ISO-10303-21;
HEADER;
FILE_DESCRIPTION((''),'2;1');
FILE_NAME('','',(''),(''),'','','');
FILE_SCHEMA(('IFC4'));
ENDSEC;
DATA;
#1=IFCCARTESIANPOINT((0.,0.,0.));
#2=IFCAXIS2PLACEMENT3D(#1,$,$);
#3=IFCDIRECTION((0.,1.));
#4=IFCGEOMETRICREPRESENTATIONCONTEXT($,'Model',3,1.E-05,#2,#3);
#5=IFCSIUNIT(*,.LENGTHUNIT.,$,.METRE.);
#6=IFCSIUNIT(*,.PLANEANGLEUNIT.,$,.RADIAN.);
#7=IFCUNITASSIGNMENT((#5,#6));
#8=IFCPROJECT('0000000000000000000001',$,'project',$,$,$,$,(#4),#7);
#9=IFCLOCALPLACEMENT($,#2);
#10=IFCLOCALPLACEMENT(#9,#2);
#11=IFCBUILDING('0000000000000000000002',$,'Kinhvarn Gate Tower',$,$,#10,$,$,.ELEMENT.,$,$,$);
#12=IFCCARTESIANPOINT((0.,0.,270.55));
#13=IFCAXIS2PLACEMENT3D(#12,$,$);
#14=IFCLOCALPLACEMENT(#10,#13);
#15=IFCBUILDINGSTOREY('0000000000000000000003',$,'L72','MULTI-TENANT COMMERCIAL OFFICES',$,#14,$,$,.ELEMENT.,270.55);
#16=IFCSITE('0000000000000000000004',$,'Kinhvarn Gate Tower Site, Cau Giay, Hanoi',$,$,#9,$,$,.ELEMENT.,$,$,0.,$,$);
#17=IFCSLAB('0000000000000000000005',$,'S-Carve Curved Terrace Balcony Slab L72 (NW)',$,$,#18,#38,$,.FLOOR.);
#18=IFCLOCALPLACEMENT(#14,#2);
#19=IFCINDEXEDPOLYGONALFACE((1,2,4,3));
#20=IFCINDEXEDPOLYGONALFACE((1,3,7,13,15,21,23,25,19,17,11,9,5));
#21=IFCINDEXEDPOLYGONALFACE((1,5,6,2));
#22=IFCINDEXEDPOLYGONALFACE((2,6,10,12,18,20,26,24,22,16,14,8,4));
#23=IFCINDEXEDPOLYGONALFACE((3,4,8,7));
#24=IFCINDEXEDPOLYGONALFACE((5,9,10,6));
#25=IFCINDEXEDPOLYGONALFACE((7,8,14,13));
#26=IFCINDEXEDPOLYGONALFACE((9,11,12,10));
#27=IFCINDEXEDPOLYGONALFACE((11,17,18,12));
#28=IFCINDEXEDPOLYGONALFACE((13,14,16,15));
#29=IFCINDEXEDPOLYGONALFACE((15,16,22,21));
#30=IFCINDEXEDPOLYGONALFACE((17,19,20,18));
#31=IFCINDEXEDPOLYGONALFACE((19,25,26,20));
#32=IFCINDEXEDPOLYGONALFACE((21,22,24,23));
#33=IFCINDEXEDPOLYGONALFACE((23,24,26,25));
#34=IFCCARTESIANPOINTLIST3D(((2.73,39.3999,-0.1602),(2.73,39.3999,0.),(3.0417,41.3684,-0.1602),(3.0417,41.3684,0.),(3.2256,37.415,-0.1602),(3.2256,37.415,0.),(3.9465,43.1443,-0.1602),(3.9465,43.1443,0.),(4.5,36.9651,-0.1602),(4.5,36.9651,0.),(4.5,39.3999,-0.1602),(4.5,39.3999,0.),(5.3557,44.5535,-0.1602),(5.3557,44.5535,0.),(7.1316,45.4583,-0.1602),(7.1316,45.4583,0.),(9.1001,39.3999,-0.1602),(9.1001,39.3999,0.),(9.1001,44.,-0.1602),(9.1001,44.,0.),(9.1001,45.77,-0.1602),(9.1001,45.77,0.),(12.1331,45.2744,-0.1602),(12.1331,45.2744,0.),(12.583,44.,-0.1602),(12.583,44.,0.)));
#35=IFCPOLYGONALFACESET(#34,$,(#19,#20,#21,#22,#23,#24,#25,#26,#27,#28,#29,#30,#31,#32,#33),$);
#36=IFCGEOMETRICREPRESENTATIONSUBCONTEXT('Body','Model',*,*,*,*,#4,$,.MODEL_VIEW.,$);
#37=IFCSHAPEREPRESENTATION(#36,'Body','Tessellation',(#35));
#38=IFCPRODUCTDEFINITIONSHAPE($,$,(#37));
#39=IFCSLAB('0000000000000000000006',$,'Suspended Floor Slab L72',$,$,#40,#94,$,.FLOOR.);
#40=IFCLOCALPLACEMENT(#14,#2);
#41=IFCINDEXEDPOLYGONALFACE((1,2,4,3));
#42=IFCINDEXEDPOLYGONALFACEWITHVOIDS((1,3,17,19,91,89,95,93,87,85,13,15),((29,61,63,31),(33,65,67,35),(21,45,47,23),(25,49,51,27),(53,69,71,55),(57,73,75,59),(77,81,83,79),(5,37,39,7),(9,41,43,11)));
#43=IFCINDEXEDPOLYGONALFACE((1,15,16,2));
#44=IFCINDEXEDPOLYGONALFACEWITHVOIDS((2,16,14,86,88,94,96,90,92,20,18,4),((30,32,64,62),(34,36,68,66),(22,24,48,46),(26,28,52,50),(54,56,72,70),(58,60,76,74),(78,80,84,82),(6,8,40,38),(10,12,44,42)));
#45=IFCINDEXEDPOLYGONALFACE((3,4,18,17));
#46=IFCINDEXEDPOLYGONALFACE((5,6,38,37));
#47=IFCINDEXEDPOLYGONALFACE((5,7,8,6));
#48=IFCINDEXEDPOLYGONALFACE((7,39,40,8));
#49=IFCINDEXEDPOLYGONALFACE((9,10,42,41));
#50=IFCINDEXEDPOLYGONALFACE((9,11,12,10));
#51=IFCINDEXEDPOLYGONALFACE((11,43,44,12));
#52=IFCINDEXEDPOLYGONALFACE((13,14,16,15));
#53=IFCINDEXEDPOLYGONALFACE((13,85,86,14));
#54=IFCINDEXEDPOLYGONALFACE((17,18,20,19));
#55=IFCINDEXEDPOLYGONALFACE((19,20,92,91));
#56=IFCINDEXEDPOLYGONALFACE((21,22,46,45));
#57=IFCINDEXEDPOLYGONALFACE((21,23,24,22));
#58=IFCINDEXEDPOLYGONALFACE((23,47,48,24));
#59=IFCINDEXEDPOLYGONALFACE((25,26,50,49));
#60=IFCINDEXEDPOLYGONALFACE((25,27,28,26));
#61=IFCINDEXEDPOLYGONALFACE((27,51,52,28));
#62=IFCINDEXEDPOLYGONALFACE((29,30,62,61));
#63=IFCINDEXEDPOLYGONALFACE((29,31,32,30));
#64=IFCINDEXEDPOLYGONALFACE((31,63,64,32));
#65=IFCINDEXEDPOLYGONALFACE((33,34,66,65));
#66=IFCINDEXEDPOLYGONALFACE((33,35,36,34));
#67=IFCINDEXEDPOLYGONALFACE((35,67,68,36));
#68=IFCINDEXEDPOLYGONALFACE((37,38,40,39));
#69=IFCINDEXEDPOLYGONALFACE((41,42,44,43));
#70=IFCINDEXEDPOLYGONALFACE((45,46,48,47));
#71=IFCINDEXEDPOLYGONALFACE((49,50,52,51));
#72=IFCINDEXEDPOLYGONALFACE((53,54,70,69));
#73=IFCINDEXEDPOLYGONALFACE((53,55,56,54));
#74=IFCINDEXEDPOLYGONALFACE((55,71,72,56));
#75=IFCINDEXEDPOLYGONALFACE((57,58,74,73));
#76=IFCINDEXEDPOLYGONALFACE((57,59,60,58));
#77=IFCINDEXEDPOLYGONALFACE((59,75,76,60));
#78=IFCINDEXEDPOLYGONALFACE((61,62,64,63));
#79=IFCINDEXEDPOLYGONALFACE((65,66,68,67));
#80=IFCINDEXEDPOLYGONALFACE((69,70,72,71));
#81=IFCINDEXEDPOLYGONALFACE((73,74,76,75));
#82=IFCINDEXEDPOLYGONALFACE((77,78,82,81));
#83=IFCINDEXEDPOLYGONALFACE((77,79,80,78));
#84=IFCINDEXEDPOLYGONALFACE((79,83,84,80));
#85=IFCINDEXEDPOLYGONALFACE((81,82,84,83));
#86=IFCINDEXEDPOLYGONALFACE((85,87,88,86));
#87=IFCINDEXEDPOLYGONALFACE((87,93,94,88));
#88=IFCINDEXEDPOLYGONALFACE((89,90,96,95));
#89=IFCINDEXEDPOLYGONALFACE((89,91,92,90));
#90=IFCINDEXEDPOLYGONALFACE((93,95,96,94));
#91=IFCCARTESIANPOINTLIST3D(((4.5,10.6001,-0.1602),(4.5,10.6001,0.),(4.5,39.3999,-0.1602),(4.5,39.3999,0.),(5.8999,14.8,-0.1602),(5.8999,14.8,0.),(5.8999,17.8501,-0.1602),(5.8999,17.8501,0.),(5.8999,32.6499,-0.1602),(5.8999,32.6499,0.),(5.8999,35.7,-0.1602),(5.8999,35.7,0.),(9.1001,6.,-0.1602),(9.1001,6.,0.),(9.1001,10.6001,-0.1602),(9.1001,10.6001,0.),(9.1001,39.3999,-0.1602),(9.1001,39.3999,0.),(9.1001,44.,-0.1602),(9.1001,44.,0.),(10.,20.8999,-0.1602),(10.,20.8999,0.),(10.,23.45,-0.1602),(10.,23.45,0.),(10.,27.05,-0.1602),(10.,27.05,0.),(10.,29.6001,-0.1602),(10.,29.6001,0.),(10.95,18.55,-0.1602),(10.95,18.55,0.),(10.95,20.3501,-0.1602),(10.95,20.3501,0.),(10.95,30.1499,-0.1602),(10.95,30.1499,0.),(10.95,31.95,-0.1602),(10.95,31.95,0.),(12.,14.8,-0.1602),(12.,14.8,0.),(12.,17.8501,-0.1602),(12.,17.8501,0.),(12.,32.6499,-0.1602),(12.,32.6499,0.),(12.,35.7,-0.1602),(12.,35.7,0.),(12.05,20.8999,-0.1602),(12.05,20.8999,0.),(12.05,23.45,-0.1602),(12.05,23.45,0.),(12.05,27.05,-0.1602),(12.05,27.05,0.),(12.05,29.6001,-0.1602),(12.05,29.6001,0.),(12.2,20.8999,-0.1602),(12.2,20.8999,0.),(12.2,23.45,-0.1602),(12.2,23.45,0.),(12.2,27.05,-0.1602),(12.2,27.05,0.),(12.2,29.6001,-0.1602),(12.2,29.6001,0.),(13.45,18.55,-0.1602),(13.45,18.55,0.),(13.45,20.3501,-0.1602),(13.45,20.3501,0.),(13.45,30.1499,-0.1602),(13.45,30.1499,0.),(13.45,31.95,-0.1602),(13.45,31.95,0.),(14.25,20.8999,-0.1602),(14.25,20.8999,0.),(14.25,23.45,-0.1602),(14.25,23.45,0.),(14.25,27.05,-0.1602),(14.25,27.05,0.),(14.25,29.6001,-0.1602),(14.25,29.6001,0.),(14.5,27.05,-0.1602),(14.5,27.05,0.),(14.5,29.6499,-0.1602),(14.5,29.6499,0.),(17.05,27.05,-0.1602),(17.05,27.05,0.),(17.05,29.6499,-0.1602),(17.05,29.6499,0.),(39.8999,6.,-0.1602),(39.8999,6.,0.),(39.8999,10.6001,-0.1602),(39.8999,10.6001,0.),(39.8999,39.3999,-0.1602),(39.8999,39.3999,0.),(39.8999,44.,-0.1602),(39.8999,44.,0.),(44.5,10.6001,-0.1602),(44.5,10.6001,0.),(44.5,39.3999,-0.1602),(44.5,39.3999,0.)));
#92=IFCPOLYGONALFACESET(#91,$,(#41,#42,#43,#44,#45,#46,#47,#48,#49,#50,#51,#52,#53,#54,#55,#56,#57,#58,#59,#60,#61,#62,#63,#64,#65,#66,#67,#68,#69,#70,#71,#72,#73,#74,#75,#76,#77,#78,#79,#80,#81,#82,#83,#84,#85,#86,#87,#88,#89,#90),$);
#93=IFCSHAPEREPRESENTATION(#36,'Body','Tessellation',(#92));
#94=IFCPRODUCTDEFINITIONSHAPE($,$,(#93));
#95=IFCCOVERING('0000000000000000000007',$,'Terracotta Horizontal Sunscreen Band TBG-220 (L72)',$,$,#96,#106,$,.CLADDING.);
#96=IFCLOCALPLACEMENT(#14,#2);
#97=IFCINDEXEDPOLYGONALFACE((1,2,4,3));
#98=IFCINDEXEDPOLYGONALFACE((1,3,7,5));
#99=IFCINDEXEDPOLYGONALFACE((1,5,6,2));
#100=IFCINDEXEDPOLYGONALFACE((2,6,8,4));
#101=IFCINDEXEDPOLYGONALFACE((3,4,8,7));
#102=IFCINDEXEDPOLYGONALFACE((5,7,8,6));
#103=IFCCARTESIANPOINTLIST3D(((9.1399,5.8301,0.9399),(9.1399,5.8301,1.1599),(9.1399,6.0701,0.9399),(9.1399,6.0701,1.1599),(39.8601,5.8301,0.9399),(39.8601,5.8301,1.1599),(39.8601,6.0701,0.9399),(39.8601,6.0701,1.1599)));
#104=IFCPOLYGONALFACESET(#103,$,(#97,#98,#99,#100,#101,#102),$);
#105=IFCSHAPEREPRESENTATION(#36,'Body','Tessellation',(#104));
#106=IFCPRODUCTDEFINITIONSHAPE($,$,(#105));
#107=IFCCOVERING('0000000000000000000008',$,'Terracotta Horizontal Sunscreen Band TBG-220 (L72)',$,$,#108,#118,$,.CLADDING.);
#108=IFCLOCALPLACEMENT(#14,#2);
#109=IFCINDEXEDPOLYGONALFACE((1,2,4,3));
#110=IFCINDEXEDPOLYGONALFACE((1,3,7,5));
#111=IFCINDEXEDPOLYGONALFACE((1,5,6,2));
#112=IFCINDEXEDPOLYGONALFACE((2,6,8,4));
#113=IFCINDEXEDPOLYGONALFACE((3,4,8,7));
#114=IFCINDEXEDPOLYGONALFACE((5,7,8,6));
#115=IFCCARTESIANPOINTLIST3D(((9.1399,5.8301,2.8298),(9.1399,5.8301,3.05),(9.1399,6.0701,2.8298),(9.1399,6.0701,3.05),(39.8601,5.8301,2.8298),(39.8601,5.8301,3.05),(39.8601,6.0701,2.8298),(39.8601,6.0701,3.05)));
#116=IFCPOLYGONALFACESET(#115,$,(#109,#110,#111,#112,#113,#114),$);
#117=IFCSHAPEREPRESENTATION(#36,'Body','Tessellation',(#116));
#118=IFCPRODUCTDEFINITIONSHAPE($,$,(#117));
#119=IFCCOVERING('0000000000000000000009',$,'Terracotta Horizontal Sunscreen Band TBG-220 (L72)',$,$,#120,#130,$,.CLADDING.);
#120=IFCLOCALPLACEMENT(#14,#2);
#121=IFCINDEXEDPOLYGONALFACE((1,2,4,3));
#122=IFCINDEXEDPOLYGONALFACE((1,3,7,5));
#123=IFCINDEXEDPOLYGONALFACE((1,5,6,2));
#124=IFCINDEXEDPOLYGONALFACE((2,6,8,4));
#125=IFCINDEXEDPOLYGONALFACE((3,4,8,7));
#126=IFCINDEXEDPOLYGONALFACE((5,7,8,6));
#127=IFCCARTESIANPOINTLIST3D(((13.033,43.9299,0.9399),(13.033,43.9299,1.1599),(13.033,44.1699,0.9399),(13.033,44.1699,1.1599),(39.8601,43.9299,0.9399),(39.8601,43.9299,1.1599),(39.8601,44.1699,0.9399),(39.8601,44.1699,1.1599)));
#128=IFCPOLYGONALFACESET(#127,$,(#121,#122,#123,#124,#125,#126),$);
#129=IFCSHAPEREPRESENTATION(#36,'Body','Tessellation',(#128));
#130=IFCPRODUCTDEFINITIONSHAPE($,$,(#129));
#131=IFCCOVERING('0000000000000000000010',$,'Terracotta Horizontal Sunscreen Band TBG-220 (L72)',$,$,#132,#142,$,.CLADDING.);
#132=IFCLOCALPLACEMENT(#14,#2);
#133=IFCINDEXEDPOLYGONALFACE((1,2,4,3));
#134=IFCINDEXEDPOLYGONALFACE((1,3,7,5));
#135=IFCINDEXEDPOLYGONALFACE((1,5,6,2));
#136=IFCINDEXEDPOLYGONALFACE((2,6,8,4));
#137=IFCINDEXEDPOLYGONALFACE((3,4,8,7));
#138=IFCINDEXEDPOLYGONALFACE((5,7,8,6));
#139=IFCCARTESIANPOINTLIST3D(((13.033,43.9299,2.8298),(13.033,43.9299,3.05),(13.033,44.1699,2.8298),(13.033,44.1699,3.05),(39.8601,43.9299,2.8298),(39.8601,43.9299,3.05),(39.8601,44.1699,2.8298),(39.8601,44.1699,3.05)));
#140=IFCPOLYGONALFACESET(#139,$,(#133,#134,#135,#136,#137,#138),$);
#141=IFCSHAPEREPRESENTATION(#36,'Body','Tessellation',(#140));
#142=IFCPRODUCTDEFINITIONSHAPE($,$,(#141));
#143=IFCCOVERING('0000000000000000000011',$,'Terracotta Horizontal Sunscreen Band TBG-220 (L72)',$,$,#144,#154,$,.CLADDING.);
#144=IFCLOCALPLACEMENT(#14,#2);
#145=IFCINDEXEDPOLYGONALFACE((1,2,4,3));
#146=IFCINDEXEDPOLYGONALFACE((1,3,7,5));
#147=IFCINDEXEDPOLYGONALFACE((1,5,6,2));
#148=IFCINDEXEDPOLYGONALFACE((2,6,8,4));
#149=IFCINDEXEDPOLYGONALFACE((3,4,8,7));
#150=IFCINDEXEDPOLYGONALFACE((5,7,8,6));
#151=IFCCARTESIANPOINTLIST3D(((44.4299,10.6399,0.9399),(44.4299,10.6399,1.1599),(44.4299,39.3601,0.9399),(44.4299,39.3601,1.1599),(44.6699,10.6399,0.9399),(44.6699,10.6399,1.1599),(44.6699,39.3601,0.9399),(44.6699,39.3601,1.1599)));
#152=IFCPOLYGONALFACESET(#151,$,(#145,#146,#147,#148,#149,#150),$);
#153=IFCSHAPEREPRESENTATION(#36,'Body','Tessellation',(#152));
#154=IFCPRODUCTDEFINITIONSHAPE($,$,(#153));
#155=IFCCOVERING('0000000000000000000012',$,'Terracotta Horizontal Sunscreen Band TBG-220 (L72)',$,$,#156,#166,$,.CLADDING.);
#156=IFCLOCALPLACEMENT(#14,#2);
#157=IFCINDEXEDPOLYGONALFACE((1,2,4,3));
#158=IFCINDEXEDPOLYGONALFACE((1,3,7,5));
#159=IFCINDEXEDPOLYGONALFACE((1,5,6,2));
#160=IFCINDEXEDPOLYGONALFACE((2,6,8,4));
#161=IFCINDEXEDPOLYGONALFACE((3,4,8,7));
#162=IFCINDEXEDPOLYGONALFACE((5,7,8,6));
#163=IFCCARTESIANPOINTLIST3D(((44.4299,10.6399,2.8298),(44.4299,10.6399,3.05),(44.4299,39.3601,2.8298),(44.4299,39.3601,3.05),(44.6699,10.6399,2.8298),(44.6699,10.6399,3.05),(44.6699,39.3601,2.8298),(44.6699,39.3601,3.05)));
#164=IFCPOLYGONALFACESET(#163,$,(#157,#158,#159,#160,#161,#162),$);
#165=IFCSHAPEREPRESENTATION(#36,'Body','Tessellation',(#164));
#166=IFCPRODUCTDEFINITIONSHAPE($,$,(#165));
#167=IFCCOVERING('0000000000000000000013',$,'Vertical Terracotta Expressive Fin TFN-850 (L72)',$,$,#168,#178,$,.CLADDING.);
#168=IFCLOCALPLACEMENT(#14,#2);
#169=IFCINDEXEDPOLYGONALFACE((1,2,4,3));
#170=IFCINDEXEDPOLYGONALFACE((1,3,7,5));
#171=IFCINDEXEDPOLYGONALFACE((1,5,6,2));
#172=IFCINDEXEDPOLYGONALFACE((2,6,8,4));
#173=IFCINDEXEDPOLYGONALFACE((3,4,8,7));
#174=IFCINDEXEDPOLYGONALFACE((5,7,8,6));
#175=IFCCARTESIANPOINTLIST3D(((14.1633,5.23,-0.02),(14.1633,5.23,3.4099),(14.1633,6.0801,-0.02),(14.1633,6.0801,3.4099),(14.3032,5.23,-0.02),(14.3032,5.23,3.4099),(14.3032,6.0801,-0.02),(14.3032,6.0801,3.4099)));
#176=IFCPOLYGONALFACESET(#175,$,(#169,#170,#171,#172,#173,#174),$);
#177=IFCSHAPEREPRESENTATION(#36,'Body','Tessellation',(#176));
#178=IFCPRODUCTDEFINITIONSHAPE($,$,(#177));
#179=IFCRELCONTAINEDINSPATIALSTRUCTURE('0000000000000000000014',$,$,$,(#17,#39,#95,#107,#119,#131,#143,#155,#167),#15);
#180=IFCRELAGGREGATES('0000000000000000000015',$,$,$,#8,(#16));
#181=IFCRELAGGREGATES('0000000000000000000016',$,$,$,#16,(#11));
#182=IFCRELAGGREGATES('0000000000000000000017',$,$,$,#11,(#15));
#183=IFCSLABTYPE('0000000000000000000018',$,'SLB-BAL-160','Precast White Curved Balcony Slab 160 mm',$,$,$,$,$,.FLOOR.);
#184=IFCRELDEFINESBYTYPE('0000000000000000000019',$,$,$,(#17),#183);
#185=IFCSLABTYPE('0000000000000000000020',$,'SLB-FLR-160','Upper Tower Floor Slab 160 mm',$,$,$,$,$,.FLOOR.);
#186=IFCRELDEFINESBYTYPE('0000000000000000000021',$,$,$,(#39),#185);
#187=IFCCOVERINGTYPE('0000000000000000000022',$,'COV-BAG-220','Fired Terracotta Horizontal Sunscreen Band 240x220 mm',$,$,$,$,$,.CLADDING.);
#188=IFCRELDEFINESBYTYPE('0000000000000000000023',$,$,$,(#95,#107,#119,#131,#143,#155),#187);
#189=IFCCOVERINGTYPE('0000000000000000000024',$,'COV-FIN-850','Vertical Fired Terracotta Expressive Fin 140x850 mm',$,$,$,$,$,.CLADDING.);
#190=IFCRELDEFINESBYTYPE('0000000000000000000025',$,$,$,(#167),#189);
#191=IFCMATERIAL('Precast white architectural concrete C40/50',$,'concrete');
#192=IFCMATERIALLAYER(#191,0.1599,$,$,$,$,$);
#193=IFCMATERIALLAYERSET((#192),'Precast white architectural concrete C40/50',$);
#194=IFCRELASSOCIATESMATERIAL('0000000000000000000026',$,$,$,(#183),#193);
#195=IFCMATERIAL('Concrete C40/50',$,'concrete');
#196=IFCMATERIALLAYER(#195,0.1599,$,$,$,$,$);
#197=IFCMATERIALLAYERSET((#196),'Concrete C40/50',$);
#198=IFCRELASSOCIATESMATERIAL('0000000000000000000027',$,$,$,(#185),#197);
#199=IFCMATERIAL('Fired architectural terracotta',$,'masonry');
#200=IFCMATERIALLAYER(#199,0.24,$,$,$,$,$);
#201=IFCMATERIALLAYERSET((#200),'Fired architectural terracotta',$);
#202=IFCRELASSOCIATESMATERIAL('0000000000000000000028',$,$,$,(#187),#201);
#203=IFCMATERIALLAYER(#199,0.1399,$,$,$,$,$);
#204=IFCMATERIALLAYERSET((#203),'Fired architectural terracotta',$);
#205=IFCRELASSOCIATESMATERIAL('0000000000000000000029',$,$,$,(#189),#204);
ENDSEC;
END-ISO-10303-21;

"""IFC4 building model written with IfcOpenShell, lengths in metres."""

from ifc_helpers import new_model, si_unit, direction, frame, origin, place, context, subcontext, project, spatial, polyline, outline, extrude, material, layer, layer_set, type_object, element, save


model = new_model("IFC4")

# Units and contexts
model_context = context("Model", 3, precision=1e-05, world=origin(), true_north=direction((0.0, 1.0)))
body_context = subcontext(model_context, "Body", "Model", "MODEL_VIEW")
ifc_project = project(units=[si_unit("LENGTHUNIT", "METRE"), si_unit("PLANEANGLEUNIT", "RADIAN")], contexts=[model_context])

# Site, building, storey
site_placement = place(None, origin())
site = spatial("IfcSite", under=ifc_project, at=site_placement, Name="Kinhvarn Gate Tower Site, Cau Giay, Hanoi", CompositionType="ELEMENT", RefElevation=0.0)
building_placement = place(site_placement, origin())
building = spatial("IfcBuilding", under=site, at=building_placement, Name="Kinhvarn Gate Tower", CompositionType="ELEMENT")
storey_placement = place(building_placement, frame((0.0, 0.0, 270.55)))
storey = spatial("IfcBuildingStorey", under=building, at=storey_placement, Name="L72", Description="MULTI-TENANT COMMERCIAL OFFICES", CompositionType="ELEMENT", Elevation=270.55)

# Slabs
ifc_material_1 = material(Name="Precast white architectural concrete C40/50", Category="concrete")
ifc_layer_1 = layer(ifc_material_1, 0.1599)
ifc_layer_set_1 = layer_set([ifc_layer_1], Name="Precast white architectural concrete C40/50")
slab_type_1 = type_object("IfcSlabType", Name="SLB-BAL-160", Description="Precast White Curved Balcony Slab 160 mm", PredefinedType="FLOOR", material=ifc_layer_set_1)
slab_1_placement = place(storey_placement, frame((0.0, 0.0, -0.1602)))
element("IfcSlab", 1, at=slab_1_placement, inside=storey, type_object=slab_type_1, Name="S-Carve Curved Terrace Balcony Slab L72 (NW)", PredefinedType="FLOOR", context=body_context, shape_type="SweptSolid", body=[
    extrude(outline(polyline([(12.583, 44.0), (12.1331, 45.2744), (9.1001, 45.77), (7.1316, 45.4583), (5.3557, 44.5535), (3.9465, 43.1443), (3.0417, 41.3684), (2.73, 39.3999), (3.2256, 37.415), (4.5, 36.9651), (4.5, 39.3999), (9.1001, 39.3999), (9.1001, 44.0), (12.583, 44.0)])), origin(), (0.0, 0.0, 1.0), 0.1602),
])
ifc_material_2 = material(Name="Concrete C40/50", Category="concrete")
ifc_layer_2 = layer(ifc_material_2, 0.1599)
ifc_layer_set_2 = layer_set([ifc_layer_2], Name="Concrete C40/50")
slab_type_2 = type_object("IfcSlabType", Name="SLB-FLR-160", Description="Upper Tower Floor Slab 160 mm", PredefinedType="FLOOR", material=ifc_layer_set_2)
slab_2_placement = place(storey_placement, frame((0.0, 0.0, -0.1602)))
element("IfcSlab", 2, at=slab_2_placement, inside=storey, type_object=slab_type_2, Name="Suspended Floor Slab L72", PredefinedType="FLOOR", context=body_context, shape_type="SweptSolid", body=[
    extrude(outline(polyline([(9.1001, 6.0), (39.8999, 6.0), (39.8999, 10.6001), (44.5, 10.6001), (44.5, 39.3999), (39.8999, 39.3999), (39.8999, 44.0), (9.1001, 44.0), (9.1001, 39.3999), (4.5, 39.3999), (4.5, 10.6001), (9.1001, 10.6001), (9.1001, 6.0)]), holes=[polyline([(5.8999, 14.8), (12.0, 14.8), (12.0, 17.8501), (5.8999, 17.8501), (5.8999, 14.8)]), polyline([(5.8999, 32.6499), (12.0, 32.6499), (12.0, 35.7), (5.8999, 35.7), (5.8999, 32.6499)]), polyline([(10.0, 20.8999), (12.05, 20.8999), (12.05, 23.45), (10.0, 23.45), (10.0, 20.8999)]), polyline([(12.2, 20.8999), (14.25, 20.8999), (14.25, 23.45), (12.2, 23.45), (12.2, 20.8999)]), polyline([(10.0, 27.05), (12.05, 27.05), (12.05, 29.6001), (10.0, 29.6001), (10.0, 27.05)]), polyline([(12.2, 27.05), (14.25, 27.05), (14.25, 29.6001), (12.2, 29.6001), (12.2, 27.05)]), polyline([(14.5, 27.05), (17.05, 27.05), (17.05, 29.6499), (14.5, 29.6499), (14.5, 27.05)]), polyline([(10.95, 18.55), (13.45, 18.55), (13.45, 20.3501), (10.95, 20.3501), (10.95, 18.55)]), polyline([(10.95, 30.1499), (13.45, 30.1499), (13.45, 31.95), (10.95, 31.95), (10.95, 30.1499)])]), origin(), (0.0, 0.0, 1.0), 0.1602),
])

# Coverings
ifc_material_3 = material(Name="Fired architectural terracotta", Category="masonry")
ifc_layer_3 = layer(ifc_material_3, 0.24)
ifc_layer_set_3 = layer_set([ifc_layer_3], Name="Fired architectural terracotta")
covering_type_1 = type_object("IfcCoveringType", Name="COV-BAG-220", Description="Fired Terracotta Horizontal Sunscreen Band 240x220 mm", PredefinedType="CLADDING", material=ifc_layer_set_3)
covering_1_placement = place(storey_placement, frame((0.0, 0.0, 0.9399)))
element("IfcCovering", 3, at=covering_1_placement, inside=storey, type_object=covering_type_1, Name="Terracotta Horizontal Sunscreen Band TBG-220 (L72)", PredefinedType="CLADDING", context=body_context, shape_type="SweptSolid", body=[
    extrude(outline(polyline([(9.1399, 6.0701), (39.8601, 6.0701), (39.8601, 5.8301), (9.1399, 5.8301), (9.1399, 6.0701)])), origin(), (0.0, 0.0, 1.0), 0.22),
])
covering_2_placement = place(storey_placement, frame((0.0, 0.0, 2.8298)))
element("IfcCovering", 4, at=covering_2_placement, inside=storey, type_object=covering_type_1, Name="Terracotta Horizontal Sunscreen Band TBG-220 (L72)", PredefinedType="CLADDING", context=body_context, shape_type="SweptSolid", body=[
    extrude(outline(polyline([(9.1399, 6.0701), (39.8601, 6.0701), (39.8601, 5.8301), (9.1399, 5.8301), (9.1399, 6.0701)])), origin(), (0.0, 0.0, 1.0), 0.2202),
])
covering_3_placement = place(storey_placement, frame((0.0, 0.0, 0.9399)))
element("IfcCovering", 5, at=covering_3_placement, inside=storey, type_object=covering_type_1, Name="Terracotta Horizontal Sunscreen Band TBG-220 (L72)", PredefinedType="CLADDING", context=body_context, shape_type="SweptSolid", body=[
    extrude(outline(polyline([(39.8601, 43.9299), (13.033, 43.9299), (13.033, 44.1699), (39.8601, 44.1699), (39.8601, 43.9299)])), origin(), (0.0, 0.0, 1.0), 0.22),
])
covering_4_placement = place(storey_placement, frame((0.0, 0.0, 2.8298)))
element("IfcCovering", 6, at=covering_4_placement, inside=storey, type_object=covering_type_1, Name="Terracotta Horizontal Sunscreen Band TBG-220 (L72)", PredefinedType="CLADDING", context=body_context, shape_type="SweptSolid", body=[
    extrude(outline(polyline([(39.8601, 43.9299), (13.033, 43.9299), (13.033, 44.1699), (39.8601, 44.1699), (39.8601, 43.9299)])), origin(), (0.0, 0.0, 1.0), 0.2202),
])
covering_5_placement = place(storey_placement, frame((0.0, 0.0, 0.9399)))
element("IfcCovering", 7, at=covering_5_placement, inside=storey, type_object=covering_type_1, Name="Terracotta Horizontal Sunscreen Band TBG-220 (L72)", PredefinedType="CLADDING", context=body_context, shape_type="SweptSolid", body=[
    extrude(outline(polyline([(44.4299, 10.6399), (44.4299, 39.3601), (44.6699, 39.3601), (44.6699, 10.6399), (44.4299, 10.6399)])), origin(), (0.0, 0.0, 1.0), 0.22),
])
covering_6_placement = place(storey_placement, frame((0.0, 0.0, 2.8298)))
element("IfcCovering", 8, at=covering_6_placement, inside=storey, type_object=covering_type_1, Name="Terracotta Horizontal Sunscreen Band TBG-220 (L72)", PredefinedType="CLADDING", context=body_context, shape_type="SweptSolid", body=[
    extrude(outline(polyline([(44.4299, 10.6399), (44.4299, 39.3601), (44.6699, 39.3601), (44.6699, 10.6399), (44.4299, 10.6399)])), origin(), (0.0, 0.0, 1.0), 0.2202),
])
ifc_layer_4 = layer(ifc_material_3, 0.1399)
ifc_layer_set_4 = layer_set([ifc_layer_4], Name="Fired architectural terracotta")
covering_type_2 = type_object("IfcCoveringType", Name="COV-FIN-850", Description="Vertical Fired Terracotta Expressive Fin 140x850 mm", PredefinedType="CLADDING", material=ifc_layer_set_4)
covering_7_placement = place(storey_placement, frame((0.0, 0.0, -0.02)))
element("IfcCovering", 9, at=covering_7_placement, inside=storey, type_object=covering_type_2, Name="Vertical Terracotta Expressive Fin TFN-850 (L72)", PredefinedType="CLADDING", context=body_context, shape_type="SweptSolid", body=[
    extrude(outline(polyline([(14.1633, 6.0801), (14.3032, 6.0801), (14.3032, 5.23), (14.1633, 5.23), (14.1633, 6.0801)])), origin(), (0.0, 0.0, 1.0), 3.4299),
])

save(model, "model.ifc")
